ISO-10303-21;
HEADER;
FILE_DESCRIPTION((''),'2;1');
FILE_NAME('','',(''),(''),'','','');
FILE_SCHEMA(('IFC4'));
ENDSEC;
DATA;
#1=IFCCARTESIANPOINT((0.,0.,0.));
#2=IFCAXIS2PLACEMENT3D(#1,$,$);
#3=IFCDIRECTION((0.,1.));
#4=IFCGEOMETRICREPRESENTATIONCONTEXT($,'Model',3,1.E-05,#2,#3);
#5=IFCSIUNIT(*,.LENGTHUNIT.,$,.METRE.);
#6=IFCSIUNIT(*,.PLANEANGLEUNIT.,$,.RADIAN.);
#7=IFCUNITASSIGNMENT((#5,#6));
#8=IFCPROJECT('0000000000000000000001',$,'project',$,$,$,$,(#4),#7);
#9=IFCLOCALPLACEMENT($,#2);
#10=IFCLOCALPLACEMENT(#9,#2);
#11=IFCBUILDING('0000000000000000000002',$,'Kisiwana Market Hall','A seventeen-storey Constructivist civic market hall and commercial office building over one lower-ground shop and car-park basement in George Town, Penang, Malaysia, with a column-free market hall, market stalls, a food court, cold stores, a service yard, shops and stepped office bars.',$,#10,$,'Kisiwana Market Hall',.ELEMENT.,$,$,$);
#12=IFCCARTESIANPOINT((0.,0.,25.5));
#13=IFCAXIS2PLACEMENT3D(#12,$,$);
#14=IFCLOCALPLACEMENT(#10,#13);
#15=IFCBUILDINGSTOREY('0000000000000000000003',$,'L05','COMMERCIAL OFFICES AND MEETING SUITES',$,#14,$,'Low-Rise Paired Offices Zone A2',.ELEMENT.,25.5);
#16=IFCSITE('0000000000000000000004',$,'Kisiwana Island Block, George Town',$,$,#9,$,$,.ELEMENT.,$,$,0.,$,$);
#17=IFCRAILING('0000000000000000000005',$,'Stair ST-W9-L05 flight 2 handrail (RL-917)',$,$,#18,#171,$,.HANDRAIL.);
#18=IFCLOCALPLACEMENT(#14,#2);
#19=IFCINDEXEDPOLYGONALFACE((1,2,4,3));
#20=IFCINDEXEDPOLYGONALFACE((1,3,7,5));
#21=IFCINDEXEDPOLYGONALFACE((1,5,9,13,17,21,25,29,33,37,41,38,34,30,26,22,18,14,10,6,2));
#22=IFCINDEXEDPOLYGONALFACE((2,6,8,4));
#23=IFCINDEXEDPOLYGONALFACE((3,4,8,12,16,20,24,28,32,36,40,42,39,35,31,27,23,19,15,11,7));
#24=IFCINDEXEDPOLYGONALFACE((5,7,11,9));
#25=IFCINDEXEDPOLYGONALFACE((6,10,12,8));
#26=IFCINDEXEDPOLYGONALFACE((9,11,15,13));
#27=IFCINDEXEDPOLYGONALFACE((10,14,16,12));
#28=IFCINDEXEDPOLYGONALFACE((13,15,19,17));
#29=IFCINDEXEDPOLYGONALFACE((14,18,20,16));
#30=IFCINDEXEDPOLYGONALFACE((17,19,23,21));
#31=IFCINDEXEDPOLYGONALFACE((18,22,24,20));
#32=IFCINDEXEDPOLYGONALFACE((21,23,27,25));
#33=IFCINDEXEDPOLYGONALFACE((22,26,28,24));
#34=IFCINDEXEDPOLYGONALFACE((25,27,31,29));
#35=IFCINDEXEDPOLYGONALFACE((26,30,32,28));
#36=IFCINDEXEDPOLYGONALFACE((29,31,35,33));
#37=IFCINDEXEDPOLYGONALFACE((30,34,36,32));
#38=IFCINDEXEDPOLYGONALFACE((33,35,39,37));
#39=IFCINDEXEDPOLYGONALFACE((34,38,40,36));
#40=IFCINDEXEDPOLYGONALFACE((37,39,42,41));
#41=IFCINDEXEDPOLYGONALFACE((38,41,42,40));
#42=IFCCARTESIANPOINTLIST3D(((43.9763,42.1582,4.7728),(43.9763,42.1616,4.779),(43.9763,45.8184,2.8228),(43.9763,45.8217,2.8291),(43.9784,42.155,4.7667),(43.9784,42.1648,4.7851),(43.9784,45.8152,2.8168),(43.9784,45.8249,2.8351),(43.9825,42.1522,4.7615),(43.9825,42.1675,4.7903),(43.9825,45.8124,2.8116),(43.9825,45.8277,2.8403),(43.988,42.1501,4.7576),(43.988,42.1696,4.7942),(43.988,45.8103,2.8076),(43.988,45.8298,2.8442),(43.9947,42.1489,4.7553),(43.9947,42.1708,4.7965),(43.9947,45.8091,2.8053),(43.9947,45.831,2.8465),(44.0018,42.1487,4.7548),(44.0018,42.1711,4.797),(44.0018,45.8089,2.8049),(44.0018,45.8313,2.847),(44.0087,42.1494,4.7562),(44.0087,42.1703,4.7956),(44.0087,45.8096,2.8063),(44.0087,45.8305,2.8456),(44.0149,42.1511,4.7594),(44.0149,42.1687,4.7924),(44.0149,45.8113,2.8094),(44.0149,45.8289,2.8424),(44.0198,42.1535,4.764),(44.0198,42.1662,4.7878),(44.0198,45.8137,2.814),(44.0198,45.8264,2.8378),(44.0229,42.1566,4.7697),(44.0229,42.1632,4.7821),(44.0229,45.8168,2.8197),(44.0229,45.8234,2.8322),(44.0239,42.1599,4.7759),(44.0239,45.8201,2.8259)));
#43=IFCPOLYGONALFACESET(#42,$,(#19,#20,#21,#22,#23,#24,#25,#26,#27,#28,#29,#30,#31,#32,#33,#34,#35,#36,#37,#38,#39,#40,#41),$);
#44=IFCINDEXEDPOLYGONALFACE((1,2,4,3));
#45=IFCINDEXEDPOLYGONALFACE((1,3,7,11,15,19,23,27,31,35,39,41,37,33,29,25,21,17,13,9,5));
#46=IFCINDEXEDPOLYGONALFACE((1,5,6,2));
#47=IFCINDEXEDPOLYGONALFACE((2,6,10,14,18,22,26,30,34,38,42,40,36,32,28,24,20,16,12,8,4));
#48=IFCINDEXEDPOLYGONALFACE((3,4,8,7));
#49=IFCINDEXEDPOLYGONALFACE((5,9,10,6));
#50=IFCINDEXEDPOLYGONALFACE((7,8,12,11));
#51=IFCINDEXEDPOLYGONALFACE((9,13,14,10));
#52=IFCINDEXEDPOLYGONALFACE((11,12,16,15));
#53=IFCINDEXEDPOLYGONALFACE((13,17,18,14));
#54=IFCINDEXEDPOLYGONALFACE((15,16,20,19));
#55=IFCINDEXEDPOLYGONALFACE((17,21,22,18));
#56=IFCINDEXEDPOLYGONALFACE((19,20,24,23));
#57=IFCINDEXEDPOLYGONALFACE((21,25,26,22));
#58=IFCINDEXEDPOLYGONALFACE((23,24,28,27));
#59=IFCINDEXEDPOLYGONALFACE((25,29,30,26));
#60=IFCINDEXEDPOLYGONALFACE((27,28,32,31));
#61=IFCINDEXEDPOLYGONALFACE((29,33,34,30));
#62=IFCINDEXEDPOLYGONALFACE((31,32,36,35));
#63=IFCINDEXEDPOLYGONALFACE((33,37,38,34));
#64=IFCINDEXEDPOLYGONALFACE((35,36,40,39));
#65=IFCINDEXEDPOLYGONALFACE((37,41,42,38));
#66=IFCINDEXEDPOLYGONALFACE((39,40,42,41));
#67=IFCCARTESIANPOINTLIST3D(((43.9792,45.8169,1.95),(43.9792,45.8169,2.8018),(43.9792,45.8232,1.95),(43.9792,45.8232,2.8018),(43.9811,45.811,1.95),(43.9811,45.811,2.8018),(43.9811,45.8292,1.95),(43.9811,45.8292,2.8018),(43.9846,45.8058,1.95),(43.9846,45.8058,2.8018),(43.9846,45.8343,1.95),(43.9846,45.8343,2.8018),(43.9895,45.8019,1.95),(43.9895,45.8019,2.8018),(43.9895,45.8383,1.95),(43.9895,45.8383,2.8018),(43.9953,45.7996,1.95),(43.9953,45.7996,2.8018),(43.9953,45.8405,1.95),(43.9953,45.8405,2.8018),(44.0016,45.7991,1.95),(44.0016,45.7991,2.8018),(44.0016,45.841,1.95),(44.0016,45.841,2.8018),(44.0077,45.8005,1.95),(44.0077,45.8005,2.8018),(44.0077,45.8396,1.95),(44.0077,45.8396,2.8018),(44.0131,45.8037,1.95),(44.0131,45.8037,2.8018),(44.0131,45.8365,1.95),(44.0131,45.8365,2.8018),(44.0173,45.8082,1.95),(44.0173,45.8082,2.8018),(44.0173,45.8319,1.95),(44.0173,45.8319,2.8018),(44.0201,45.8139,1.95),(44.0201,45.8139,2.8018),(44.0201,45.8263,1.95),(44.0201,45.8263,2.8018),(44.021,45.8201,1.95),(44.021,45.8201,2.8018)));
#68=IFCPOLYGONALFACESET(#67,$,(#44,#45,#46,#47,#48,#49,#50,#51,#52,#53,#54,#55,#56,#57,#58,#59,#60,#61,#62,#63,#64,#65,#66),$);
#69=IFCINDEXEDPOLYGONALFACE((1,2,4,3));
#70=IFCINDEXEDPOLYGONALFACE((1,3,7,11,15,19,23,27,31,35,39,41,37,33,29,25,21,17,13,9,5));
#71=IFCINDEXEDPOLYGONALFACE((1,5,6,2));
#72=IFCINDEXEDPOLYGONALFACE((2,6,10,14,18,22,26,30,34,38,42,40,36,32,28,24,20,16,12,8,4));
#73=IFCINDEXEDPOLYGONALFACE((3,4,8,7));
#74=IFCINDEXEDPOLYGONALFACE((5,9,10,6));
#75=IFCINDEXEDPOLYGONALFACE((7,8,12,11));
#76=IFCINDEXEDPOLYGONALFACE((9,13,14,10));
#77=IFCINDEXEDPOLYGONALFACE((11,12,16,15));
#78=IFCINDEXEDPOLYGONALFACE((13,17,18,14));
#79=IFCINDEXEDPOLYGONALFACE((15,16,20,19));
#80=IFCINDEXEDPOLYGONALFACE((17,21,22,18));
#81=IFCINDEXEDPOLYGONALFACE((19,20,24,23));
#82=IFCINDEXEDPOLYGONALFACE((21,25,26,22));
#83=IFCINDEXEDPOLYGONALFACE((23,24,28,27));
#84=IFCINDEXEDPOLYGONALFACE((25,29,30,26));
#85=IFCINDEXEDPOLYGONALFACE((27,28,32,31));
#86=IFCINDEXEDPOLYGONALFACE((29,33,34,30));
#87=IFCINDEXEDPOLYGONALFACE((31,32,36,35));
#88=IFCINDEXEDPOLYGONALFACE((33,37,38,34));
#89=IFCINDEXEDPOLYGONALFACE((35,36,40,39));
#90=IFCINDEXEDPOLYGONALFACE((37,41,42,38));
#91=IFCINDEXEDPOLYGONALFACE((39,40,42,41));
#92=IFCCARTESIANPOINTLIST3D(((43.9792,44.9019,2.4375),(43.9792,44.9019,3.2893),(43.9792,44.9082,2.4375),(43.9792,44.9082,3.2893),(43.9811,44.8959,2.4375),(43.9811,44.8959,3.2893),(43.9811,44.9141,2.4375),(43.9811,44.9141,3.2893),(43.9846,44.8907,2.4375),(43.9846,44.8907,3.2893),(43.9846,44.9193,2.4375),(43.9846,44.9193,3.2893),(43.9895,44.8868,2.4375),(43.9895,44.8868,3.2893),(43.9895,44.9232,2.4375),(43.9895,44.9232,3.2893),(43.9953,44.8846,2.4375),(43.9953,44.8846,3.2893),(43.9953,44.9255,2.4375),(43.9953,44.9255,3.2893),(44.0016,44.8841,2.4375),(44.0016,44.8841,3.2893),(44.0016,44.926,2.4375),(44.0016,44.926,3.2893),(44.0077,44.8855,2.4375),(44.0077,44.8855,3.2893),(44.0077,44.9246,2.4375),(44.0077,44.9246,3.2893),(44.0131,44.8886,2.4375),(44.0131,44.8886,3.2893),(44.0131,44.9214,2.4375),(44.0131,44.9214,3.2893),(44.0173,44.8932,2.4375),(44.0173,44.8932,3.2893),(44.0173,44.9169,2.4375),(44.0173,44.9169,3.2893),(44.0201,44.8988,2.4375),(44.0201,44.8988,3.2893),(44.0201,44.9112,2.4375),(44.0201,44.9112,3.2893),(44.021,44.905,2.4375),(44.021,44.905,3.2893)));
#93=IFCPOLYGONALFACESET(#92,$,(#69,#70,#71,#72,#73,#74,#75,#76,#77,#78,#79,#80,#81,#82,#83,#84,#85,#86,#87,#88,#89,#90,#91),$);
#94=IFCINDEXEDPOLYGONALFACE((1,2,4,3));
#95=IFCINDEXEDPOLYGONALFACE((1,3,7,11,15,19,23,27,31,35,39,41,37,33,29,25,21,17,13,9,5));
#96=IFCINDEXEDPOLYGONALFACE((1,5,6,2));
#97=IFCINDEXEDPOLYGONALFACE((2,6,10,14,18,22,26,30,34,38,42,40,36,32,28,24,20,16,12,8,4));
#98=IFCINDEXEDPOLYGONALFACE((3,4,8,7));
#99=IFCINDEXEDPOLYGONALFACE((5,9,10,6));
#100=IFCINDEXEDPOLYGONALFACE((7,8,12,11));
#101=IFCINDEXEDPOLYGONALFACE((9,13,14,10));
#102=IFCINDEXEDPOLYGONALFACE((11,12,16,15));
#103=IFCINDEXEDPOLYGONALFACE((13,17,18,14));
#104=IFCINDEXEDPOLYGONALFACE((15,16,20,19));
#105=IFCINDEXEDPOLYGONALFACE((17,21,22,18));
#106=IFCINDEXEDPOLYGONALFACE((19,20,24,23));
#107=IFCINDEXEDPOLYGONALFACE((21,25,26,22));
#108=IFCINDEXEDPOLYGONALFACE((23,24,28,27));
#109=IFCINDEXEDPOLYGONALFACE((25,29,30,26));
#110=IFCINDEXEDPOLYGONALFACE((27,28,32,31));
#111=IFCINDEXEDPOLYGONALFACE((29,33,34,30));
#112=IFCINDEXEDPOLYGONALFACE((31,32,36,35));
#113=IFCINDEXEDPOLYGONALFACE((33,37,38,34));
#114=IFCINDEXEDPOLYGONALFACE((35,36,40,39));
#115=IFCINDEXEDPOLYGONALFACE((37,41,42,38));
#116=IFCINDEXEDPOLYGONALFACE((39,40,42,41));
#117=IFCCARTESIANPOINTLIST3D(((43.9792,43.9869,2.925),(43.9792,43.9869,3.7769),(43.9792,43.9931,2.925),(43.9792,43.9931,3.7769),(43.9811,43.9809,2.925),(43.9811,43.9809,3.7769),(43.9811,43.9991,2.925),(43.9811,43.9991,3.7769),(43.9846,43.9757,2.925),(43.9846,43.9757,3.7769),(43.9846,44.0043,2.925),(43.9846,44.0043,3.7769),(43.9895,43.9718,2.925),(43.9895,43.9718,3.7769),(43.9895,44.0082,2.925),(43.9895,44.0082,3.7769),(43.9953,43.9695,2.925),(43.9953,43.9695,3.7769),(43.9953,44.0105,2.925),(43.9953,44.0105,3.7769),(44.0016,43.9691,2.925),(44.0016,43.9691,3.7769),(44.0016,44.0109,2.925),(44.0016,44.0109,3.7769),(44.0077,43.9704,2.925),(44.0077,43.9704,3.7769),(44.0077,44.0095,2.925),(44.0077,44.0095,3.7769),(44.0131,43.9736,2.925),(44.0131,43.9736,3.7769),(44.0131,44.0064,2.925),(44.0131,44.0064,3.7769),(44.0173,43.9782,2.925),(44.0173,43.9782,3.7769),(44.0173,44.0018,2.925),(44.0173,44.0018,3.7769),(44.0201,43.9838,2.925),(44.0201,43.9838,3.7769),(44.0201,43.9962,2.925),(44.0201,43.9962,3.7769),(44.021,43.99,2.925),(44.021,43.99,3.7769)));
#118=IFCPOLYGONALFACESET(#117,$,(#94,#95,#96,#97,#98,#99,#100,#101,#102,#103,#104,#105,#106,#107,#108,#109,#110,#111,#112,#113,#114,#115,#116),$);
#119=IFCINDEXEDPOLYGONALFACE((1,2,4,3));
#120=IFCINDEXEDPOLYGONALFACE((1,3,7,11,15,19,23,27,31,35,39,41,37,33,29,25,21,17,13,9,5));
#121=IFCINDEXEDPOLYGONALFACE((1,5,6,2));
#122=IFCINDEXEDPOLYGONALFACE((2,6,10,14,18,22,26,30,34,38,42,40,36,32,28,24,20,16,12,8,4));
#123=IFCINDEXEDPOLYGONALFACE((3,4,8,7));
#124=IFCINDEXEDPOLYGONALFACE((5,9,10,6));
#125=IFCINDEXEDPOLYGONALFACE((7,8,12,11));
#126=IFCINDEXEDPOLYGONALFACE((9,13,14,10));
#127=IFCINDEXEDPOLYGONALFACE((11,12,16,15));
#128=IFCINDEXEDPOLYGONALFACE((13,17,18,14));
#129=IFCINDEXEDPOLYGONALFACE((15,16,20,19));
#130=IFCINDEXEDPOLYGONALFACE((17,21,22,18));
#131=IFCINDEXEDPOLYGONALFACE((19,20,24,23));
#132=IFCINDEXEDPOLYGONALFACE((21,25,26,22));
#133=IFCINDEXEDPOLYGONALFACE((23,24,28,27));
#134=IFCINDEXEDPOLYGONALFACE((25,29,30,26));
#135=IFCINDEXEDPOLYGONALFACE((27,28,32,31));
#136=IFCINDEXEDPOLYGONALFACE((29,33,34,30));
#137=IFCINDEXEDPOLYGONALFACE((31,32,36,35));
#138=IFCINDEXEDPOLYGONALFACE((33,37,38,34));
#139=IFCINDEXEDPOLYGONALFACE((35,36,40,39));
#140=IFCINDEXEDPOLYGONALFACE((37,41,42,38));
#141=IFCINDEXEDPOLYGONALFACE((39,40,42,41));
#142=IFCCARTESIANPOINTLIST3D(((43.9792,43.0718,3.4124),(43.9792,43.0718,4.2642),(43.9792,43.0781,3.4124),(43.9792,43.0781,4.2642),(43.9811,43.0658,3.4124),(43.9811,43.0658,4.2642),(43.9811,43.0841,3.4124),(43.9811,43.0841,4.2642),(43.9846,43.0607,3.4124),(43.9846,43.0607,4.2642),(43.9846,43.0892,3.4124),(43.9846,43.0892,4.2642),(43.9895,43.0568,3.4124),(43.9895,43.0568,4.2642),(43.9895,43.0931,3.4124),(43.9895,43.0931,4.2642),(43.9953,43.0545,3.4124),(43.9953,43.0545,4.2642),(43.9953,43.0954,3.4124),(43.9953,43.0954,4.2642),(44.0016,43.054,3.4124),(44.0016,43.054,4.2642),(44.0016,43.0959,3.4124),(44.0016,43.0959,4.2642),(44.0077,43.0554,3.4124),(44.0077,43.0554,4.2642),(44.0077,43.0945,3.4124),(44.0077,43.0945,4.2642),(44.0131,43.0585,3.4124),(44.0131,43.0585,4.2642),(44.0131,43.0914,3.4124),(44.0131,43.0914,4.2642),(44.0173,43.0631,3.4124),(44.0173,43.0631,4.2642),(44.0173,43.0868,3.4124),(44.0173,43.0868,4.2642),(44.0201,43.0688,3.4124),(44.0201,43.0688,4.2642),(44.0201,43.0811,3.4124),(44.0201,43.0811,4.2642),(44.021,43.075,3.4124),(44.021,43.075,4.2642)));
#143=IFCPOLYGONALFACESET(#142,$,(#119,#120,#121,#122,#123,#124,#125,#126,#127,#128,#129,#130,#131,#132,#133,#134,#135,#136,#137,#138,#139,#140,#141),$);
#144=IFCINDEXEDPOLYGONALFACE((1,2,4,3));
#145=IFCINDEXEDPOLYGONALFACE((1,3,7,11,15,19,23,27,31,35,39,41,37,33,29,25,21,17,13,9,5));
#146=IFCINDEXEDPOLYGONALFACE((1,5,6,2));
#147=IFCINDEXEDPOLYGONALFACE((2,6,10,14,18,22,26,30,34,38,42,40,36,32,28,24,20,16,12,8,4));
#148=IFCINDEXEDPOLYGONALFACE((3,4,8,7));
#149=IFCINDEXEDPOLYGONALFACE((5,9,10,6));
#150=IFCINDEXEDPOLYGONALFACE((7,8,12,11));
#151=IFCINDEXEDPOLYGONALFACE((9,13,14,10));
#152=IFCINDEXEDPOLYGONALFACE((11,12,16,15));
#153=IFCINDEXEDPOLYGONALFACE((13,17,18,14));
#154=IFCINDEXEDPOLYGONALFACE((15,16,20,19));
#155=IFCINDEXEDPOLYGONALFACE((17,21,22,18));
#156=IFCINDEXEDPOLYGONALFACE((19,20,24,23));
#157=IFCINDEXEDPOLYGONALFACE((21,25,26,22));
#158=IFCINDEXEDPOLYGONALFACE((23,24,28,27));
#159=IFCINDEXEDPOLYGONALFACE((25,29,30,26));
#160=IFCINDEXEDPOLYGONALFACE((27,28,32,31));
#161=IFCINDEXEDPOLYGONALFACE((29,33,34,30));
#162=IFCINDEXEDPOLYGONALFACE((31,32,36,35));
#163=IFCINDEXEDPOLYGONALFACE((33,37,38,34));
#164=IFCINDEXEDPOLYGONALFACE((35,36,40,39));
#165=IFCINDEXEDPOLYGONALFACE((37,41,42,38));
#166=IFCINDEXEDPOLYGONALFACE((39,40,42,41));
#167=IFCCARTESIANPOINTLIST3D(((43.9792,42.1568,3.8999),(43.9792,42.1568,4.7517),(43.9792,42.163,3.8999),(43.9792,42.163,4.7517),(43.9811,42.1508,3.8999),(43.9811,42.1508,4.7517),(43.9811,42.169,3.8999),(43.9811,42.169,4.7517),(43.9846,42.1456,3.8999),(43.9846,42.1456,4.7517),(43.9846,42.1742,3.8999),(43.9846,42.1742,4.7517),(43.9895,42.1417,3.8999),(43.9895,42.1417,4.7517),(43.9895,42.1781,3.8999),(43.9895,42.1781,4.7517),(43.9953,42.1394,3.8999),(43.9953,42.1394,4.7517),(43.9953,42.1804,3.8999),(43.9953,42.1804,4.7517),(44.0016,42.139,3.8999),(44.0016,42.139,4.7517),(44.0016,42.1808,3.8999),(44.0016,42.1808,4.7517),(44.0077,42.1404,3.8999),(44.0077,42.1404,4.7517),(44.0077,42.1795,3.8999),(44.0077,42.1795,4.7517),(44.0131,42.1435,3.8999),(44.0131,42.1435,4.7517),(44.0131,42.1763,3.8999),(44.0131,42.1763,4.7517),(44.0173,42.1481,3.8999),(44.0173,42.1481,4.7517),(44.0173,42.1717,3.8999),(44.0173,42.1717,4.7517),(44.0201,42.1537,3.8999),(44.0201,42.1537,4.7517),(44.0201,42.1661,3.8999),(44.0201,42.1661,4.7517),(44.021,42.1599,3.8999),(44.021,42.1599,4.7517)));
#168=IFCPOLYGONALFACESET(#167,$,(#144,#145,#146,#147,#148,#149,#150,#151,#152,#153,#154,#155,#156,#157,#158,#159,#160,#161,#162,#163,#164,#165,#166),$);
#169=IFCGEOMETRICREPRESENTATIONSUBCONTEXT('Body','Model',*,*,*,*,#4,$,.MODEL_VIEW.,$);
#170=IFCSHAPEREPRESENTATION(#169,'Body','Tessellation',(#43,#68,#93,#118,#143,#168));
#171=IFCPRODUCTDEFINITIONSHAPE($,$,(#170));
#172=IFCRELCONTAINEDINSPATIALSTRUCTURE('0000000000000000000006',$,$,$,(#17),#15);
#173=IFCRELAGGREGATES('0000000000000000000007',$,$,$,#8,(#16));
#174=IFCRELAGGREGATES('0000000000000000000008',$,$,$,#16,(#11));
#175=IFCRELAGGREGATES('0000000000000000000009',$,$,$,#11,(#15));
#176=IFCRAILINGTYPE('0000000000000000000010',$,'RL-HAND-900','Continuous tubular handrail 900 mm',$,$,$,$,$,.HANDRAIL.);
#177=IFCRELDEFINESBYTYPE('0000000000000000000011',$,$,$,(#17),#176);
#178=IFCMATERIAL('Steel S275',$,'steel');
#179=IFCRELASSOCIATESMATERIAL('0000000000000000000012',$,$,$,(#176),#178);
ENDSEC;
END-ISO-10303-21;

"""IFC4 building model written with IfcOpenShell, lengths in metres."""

from ifc_helpers import new_model, si_unit, direction, frame, origin, origin_2d, place, context, subcontext, project, spatial, circle, extrude, material, type_object, element, save


model = new_model("IFC4")

# Units and contexts
model_context = context("Model", 3, precision=1e-05, world=origin(), true_north=direction((0.0, 1.0)))
body_context = subcontext(model_context, "Body", "Model", "MODEL_VIEW")
ifc_project = project(units=[si_unit("LENGTHUNIT", "METRE"), si_unit("PLANEANGLEUNIT", "RADIAN")], contexts=[model_context])

# Site, building, storey
site_placement = place(None, origin())
site = spatial("IfcSite", under=ifc_project, at=site_placement, Name="Kisiwana Island Block, George Town", CompositionType="ELEMENT", RefElevation=0.0)
building_placement = place(site_placement, origin())
building = spatial("IfcBuilding", under=site, at=building_placement, Name="Kisiwana Market Hall", Description="A seventeen-storey Constructivist civic market hall and commercial office building over one lower-ground shop and car-park basement in George Town, Penang, Malaysia, with a column-free market hall, market stalls, a food court, cold stores, a service yard, shops and stepped office bars.", LongName="Kisiwana Market Hall", CompositionType="ELEMENT")
storey_placement = place(building_placement, frame((0.0, 0.0, 25.5)))
storey = spatial("IfcBuildingStorey", under=building, at=storey_placement, Name="L05", Description="COMMERCIAL OFFICES AND MEETING SUITES", LongName="Low-Rise Paired Offices Zone A2", CompositionType="ELEMENT", Elevation=25.5)

# Railing
ifc_material_1 = material(Name="Steel S275", Category="steel")
railing_type_1 = type_object("IfcRailingType", Name="RL-HAND-900", Description="Continuous tubular handrail 900 mm", PredefinedType="HANDRAIL", material=ifc_material_1)
railing_1_placement = place(storey_placement, frame((44.0, 45.8201, 1.95)))
element("IfcRailing", 1, at=railing_1_placement, inside=storey, type_object=railing_type_1, Name="Stair ST-W9-L05 flight 2 handrail (RL-917)", PredefinedType="HANDRAIL", context=body_context, shape_type="SweptSolid", body=[
    extrude(circle(Radius=0.0239, at=origin_2d()), frame((0.0, 0.0, 0.876), z_axis=(0.0, -0.882566, 0.470188), x_axis=(1.0, 0.0, 0.0)), (0.0, 0.0, 1.0), 4.1472),
    extrude(circle(Radius=0.021, at=origin_2d()), origin(), (0.0, 0.0, 1.0), 0.8518),
    extrude(circle(Radius=0.021, at=origin_2d()), frame((0.0, -0.915, 0.4875)), (0.0, 0.0, 1.0), 0.8518),
    extrude(circle(Radius=0.021, at=origin_2d()), frame((0.0, -1.8301, 0.9751)), (0.0, 0.0, 1.0), 0.8518),
    extrude(circle(Radius=0.021, at=origin_2d()), frame((0.0, -2.7451, 1.4624)), (0.0, 0.0, 1.0), 0.8518),
    extrude(circle(Radius=0.021, at=origin_2d()), frame((0.0, -3.6602, 1.95)), (0.0, 0.0, 1.0), 0.8518),
])

save(model, "model.ifc")
